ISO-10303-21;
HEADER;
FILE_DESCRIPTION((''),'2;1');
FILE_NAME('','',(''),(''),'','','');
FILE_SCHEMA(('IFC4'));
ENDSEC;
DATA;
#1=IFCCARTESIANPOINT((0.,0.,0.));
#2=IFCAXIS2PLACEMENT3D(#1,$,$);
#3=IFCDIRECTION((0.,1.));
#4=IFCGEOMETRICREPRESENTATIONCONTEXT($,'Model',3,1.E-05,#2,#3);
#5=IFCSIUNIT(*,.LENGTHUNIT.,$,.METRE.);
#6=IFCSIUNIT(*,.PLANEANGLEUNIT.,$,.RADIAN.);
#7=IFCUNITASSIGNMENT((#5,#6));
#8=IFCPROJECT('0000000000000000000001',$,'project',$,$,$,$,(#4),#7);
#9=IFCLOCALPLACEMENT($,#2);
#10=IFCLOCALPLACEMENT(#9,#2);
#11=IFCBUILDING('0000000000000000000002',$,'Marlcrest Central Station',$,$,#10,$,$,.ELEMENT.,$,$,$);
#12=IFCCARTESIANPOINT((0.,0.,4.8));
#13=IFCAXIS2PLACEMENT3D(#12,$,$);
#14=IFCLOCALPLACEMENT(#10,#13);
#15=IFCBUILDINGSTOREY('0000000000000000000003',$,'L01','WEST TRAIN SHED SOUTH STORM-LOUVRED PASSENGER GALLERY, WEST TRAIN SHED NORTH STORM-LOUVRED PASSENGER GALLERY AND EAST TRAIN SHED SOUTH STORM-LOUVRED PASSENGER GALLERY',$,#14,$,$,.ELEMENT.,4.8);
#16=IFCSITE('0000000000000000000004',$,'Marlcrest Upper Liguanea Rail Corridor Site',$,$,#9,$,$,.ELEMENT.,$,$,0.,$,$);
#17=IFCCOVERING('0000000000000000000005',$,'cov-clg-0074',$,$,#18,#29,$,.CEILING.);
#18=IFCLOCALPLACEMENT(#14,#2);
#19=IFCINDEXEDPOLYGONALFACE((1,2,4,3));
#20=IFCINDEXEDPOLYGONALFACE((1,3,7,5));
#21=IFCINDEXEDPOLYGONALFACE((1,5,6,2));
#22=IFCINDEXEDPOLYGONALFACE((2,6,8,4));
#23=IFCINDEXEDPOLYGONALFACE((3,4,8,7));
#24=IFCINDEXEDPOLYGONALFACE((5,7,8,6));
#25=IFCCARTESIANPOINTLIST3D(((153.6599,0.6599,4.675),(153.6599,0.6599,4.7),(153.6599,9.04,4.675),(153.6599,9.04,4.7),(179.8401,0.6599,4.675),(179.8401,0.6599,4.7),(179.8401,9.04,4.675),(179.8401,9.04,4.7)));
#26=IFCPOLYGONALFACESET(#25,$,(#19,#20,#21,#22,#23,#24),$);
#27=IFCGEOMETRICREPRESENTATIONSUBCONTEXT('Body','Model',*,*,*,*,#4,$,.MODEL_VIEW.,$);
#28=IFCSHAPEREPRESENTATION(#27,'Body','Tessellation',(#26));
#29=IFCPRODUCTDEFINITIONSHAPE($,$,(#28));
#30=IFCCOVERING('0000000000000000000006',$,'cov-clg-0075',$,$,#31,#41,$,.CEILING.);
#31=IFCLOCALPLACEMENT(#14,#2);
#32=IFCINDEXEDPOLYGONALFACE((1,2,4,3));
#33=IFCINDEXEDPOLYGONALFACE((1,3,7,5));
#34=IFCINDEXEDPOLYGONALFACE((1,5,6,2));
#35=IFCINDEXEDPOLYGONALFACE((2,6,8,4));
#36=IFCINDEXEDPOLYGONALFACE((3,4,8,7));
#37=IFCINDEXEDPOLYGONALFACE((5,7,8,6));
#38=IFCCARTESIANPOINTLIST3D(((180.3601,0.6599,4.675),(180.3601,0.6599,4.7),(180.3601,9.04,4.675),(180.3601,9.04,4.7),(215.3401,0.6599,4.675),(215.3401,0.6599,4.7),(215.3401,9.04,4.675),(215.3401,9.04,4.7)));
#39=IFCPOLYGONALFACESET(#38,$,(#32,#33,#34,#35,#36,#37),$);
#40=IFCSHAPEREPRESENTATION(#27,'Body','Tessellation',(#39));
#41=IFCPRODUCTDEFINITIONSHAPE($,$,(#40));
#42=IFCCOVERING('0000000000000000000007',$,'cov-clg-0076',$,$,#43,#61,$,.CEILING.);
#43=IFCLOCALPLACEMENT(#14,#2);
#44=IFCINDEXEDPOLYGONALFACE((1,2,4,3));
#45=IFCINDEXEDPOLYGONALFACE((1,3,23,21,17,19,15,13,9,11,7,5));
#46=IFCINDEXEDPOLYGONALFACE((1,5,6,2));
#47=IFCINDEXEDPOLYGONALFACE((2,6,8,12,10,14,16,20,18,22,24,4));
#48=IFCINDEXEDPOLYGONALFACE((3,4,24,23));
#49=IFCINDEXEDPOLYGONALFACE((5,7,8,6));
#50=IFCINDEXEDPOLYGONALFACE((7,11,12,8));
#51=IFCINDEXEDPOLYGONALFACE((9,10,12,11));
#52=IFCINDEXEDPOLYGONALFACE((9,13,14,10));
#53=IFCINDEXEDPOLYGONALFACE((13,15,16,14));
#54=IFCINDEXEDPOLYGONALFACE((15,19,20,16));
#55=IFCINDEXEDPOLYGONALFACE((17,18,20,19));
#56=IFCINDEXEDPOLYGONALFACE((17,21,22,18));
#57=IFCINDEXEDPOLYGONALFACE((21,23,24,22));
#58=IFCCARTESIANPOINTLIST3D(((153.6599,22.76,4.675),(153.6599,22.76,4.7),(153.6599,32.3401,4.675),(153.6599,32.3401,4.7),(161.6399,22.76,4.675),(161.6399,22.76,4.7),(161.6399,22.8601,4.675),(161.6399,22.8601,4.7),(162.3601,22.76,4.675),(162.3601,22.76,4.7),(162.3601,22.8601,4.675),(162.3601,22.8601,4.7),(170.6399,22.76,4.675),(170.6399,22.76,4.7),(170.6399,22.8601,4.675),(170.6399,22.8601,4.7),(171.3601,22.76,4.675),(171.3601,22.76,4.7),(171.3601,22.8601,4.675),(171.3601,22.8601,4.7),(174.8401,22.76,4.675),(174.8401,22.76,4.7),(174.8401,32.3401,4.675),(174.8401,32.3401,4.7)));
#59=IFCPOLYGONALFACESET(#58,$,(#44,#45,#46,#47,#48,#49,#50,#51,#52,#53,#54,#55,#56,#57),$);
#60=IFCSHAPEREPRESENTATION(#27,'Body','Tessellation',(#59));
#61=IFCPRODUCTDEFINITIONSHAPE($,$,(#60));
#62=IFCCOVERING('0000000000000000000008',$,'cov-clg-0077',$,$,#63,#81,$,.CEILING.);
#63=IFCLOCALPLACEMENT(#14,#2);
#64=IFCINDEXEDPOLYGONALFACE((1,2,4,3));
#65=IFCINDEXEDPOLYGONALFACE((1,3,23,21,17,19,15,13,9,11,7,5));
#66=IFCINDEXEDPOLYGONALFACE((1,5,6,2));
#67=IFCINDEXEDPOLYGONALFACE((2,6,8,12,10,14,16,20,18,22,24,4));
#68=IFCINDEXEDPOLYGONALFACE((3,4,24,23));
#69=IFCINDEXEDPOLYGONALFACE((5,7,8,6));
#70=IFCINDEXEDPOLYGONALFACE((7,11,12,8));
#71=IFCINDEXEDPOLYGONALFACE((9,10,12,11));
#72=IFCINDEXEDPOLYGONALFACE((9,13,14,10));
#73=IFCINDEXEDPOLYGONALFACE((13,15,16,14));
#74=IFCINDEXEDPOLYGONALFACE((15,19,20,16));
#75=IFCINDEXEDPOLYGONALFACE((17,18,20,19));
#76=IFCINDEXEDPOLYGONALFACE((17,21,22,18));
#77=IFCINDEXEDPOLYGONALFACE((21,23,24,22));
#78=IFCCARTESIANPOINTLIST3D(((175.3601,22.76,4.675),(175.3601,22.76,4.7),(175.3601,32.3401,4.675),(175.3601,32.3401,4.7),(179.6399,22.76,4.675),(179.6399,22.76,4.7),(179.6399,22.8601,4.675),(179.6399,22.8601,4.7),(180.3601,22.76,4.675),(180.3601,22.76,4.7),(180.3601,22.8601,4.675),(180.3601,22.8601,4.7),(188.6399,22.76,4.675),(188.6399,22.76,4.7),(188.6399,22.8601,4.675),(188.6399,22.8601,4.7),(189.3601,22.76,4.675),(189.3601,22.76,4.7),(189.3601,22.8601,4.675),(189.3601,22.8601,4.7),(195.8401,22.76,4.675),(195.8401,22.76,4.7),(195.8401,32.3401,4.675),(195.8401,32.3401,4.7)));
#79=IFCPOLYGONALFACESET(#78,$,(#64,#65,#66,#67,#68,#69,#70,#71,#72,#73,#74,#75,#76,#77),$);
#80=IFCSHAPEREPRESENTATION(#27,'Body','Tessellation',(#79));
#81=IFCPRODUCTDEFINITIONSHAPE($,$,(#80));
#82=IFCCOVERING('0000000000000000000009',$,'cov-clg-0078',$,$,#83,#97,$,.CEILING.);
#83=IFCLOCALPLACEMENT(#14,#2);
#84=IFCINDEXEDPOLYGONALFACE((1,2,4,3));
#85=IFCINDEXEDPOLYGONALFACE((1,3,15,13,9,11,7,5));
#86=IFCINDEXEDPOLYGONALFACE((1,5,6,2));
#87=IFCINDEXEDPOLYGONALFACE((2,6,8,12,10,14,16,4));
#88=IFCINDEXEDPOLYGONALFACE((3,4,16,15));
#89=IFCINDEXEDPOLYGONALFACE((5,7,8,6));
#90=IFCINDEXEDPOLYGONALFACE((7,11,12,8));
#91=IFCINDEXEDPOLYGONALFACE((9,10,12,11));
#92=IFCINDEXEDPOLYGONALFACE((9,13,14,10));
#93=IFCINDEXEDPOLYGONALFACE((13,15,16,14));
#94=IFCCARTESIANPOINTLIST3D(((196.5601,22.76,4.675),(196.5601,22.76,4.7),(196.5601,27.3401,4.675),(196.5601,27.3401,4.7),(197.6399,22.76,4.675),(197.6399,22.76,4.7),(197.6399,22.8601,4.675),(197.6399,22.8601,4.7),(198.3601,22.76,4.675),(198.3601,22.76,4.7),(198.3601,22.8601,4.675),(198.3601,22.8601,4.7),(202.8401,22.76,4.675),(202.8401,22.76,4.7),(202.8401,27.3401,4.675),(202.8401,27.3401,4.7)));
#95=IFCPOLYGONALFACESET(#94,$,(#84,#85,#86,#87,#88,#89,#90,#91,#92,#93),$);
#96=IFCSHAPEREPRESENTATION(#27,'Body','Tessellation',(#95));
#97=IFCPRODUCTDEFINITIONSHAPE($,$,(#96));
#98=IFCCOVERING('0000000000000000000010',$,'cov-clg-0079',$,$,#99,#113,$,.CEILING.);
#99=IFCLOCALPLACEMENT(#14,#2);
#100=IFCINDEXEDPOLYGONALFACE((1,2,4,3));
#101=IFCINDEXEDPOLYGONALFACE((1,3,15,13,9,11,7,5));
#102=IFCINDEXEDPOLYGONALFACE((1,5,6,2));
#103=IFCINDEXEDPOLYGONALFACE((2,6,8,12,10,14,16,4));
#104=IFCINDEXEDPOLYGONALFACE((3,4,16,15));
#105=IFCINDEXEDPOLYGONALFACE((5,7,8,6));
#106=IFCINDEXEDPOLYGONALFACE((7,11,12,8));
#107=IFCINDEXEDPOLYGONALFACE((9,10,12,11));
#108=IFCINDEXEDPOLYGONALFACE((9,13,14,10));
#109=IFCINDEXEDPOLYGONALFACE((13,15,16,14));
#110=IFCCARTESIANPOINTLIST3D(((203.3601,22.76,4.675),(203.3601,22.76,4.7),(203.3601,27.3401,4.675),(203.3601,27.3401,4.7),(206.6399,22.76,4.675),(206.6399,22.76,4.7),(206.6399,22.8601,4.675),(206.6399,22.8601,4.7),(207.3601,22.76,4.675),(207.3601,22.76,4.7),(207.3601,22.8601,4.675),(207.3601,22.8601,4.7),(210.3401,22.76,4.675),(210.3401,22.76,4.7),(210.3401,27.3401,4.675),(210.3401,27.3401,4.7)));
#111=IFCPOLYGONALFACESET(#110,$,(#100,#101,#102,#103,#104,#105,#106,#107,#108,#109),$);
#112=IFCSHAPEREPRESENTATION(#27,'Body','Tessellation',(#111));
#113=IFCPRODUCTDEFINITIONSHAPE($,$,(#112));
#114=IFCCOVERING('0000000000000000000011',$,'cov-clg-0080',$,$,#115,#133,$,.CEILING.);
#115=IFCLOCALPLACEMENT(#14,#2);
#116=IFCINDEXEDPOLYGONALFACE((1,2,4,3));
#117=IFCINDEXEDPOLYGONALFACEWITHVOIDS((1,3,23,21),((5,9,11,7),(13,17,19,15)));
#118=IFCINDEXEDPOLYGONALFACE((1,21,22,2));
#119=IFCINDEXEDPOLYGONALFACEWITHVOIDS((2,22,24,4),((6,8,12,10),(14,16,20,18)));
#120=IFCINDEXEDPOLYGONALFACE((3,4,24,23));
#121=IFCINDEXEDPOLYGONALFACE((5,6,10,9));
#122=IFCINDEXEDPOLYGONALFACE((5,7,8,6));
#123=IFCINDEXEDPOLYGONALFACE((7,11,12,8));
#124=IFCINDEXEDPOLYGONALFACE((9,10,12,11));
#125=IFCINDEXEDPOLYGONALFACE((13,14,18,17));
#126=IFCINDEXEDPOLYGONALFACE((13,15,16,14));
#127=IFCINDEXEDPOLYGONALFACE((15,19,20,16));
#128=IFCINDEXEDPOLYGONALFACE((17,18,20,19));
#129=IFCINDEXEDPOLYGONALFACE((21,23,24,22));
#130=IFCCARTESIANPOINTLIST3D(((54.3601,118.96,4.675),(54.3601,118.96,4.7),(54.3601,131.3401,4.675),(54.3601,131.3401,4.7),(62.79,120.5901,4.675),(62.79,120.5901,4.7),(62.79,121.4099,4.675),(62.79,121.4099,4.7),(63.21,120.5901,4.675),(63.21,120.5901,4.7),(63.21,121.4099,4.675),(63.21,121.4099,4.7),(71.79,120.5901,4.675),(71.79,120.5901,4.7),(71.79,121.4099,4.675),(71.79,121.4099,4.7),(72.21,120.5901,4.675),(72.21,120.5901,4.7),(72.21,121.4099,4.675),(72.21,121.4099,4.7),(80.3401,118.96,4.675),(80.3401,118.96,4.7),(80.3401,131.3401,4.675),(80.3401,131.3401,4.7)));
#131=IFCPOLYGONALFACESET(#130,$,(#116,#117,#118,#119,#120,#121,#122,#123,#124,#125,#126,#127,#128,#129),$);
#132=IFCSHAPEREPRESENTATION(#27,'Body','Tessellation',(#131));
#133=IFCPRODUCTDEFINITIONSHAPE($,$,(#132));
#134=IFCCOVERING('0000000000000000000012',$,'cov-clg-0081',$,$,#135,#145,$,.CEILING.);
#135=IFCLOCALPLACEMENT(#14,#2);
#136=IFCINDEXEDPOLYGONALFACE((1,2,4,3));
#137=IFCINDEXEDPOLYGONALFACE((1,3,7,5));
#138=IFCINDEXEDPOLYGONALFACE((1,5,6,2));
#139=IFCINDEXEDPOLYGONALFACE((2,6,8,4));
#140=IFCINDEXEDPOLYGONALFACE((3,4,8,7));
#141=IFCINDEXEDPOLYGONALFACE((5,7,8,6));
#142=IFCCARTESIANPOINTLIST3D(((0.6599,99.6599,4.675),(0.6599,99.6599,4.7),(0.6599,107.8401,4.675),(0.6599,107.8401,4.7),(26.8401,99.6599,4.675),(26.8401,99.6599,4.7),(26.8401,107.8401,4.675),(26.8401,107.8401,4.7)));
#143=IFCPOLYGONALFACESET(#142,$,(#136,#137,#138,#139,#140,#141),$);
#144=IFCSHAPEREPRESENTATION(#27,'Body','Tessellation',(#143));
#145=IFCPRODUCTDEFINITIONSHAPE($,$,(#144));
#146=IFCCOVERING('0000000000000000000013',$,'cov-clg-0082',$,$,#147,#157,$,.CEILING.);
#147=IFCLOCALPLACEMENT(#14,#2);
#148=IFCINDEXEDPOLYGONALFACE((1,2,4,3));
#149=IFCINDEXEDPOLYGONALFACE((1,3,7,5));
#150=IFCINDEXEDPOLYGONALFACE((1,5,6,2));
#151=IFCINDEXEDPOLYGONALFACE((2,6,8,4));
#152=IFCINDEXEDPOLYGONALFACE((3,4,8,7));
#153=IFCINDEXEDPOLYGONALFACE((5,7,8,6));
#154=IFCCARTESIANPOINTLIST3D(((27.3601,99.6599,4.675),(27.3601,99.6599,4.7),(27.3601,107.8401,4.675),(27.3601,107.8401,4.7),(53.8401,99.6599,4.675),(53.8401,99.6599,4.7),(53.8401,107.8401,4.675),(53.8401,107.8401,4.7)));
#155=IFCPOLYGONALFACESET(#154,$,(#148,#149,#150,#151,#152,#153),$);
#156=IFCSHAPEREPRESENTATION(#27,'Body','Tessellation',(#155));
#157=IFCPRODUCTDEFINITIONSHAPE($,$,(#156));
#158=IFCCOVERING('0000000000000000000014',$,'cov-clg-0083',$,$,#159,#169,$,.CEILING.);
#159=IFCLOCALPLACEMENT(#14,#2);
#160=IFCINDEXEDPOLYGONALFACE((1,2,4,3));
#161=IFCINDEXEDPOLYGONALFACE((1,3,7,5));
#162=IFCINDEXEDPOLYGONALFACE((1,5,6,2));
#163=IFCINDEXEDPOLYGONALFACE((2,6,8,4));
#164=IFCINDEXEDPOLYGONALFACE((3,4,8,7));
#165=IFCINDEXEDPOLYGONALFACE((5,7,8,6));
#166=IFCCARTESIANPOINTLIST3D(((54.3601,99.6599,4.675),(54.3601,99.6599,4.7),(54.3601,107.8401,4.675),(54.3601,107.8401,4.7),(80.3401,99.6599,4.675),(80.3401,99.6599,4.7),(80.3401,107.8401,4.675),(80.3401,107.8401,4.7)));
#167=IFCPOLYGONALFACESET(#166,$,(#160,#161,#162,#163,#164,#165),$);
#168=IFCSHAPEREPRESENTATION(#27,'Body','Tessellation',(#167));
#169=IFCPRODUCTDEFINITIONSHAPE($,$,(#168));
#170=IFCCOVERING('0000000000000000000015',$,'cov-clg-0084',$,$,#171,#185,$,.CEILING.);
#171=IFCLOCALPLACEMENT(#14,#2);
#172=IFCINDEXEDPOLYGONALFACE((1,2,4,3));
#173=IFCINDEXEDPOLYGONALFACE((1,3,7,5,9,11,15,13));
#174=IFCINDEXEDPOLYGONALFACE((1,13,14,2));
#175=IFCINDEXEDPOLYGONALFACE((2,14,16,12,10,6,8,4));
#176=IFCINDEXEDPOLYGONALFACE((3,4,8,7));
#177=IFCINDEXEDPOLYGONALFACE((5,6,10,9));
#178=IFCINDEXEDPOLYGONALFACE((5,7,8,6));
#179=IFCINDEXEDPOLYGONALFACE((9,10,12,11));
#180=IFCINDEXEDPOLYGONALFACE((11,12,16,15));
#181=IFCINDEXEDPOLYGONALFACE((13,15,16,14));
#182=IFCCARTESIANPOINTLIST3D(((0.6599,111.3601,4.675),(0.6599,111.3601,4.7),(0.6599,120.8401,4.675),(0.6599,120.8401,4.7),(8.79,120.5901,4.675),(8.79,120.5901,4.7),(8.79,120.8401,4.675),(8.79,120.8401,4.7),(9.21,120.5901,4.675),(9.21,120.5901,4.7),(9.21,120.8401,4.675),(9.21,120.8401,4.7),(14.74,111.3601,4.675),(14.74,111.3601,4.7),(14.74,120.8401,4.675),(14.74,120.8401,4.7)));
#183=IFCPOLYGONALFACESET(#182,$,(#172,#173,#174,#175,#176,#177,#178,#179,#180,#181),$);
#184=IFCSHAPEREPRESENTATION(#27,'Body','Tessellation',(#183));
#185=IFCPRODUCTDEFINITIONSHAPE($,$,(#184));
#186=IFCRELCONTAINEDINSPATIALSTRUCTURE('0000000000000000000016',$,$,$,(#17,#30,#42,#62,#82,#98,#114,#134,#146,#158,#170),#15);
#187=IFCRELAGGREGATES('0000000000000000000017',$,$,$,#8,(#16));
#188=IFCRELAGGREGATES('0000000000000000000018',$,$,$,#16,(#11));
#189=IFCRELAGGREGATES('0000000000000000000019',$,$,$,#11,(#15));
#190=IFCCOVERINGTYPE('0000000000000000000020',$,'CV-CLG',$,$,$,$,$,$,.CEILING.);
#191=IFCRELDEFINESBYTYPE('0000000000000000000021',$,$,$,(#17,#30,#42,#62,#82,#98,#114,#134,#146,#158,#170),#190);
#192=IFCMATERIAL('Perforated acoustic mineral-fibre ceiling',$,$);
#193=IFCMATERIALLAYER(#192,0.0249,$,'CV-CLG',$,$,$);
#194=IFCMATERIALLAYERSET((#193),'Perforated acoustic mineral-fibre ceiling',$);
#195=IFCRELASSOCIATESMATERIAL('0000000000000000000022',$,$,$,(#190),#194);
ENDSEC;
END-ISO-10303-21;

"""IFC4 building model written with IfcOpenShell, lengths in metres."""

from ifc_helpers import new_model, si_unit, direction, frame, origin, place, context, subcontext, project, spatial, polyline, outline, extrude, material, layer, layer_set, type_object, element, save


model = new_model("IFC4")

# Units and contexts
model_context = context("Model", 3, precision=1e-05, world=origin(), true_north=direction((0.0, 1.0)))
body_context = subcontext(model_context, "Body", "Model", "MODEL_VIEW")
ifc_project = project(units=[si_unit("LENGTHUNIT", "METRE"), si_unit("PLANEANGLEUNIT", "RADIAN")], contexts=[model_context])

# Site, building, storey
site_placement = place(None, origin())
site = spatial("IfcSite", under=ifc_project, at=site_placement, Name="Marlcrest Upper Liguanea Rail Corridor Site", CompositionType="ELEMENT", RefElevation=0.0)
building_placement = place(site_placement, origin())
building = spatial("IfcBuilding", under=site, at=building_placement, Name="Marlcrest Central Station", CompositionType="ELEMENT")
storey_placement = place(building_placement, frame((0.0, 0.0, 4.8)))
storey = spatial("IfcBuildingStorey", under=building, at=storey_placement, Name="L01", Description="WEST TRAIN SHED SOUTH STORM-LOUVRED PASSENGER GALLERY, WEST TRAIN SHED NORTH STORM-LOUVRED PASSENGER GALLERY AND EAST TRAIN SHED SOUTH STORM-LOUVRED PASSENGER GALLERY", CompositionType="ELEMENT", Elevation=4.8)

# Coverings
ifc_material_1 = material(Name="Perforated acoustic mineral-fibre ceiling")
ifc_layer_1 = layer(ifc_material_1, 0.0249, Name="CV-CLG")
ifc_layer_set_1 = layer_set([ifc_layer_1], Name="Perforated acoustic mineral-fibre ceiling")
covering_type = type_object("IfcCoveringType", Name="CV-CLG", PredefinedType="CEILING", material=ifc_layer_set_1)
covering_1_placement = place(storey_placement, frame((0.0, 0.0, 4.675)))
element("IfcCovering", 1, at=covering_1_placement, inside=storey, type_object=covering_type, Name="cov-clg-0074", PredefinedType="CEILING", context=body_context, shape_type="SweptSolid", body=[
    extrude(outline(polyline([(179.8401, 0.6599), (179.8401, 9.04), (153.6599, 9.04), (153.6599, 0.6599), (179.8401, 0.6599)])), origin(), (0.0, 0.0, 1.0), 0.0249),
])
covering_2_placement = place(storey_placement, frame((0.0, 0.0, 4.675)))
element("IfcCovering", 2, at=covering_2_placement, inside=storey, type_object=covering_type, Name="cov-clg-0075", PredefinedType="CEILING", context=body_context, shape_type="SweptSolid", body=[
    extrude(outline(polyline([(215.3401, 0.6599), (215.3401, 9.04), (180.3601, 9.04), (180.3601, 0.6599), (215.3401, 0.6599)])), origin(), (0.0, 0.0, 1.0), 0.0249),
])
covering_3_placement = place(storey_placement, frame((0.0, 0.0, 4.675)))
element("IfcCovering", 3, at=covering_3_placement, inside=storey, type_object=covering_type, Name="cov-clg-0076", PredefinedType="CEILING", context=body_context, shape_type="SweptSolid", body=[
    extrude(outline(polyline([(153.6599, 32.3401), (174.8401, 32.3401), (174.8401, 22.76), (171.3601, 22.76), (171.3601, 22.8601), (170.6399, 22.8601), (170.6399, 22.76), (162.3601, 22.76), (162.3601, 22.8601), (161.6399, 22.8601), (161.6399, 22.76), (153.6599, 22.76), (153.6599, 32.3401)])), origin(), (0.0, 0.0, 1.0), 0.0249),
])
covering_4_placement = place(storey_placement, frame((0.0, 0.0, 4.675)))
element("IfcCovering", 4, at=covering_4_placement, inside=storey, type_object=covering_type, Name="cov-clg-0077", PredefinedType="CEILING", context=body_context, shape_type="SweptSolid", body=[
    extrude(outline(polyline([(175.3601, 32.3401), (195.8401, 32.3401), (195.8401, 22.76), (189.3601, 22.76), (189.3601, 22.8601), (188.6399, 22.8601), (188.6399, 22.76), (180.3601, 22.76), (180.3601, 22.8601), (179.6399, 22.8601), (179.6399, 22.76), (175.3601, 22.76), (175.3601, 32.3401)])), origin(), (0.0, 0.0, 1.0), 0.0249),
])
covering_5_placement = place(storey_placement, frame((0.0, 0.0, 4.675)))
element("IfcCovering", 5, at=covering_5_placement, inside=storey, type_object=covering_type, Name="cov-clg-0078", PredefinedType="CEILING", context=body_context, shape_type="SweptSolid", body=[
    extrude(outline(polyline([(196.5601, 22.76), (196.5601, 27.3401), (202.8401, 27.3401), (202.8401, 22.76), (198.3601, 22.76), (198.3601, 22.8601), (197.6399, 22.8601), (197.6399, 22.76), (196.5601, 22.76)])), origin(), (0.0, 0.0, 1.0), 0.0249),
])
covering_6_placement = place(storey_placement, frame((0.0, 0.0, 4.675)))
element("IfcCovering", 6, at=covering_6_placement, inside=storey, type_object=covering_type, Name="cov-clg-0079", PredefinedType="CEILING", context=body_context, shape_type="SweptSolid", body=[
    extrude(outline(polyline([(203.3601, 22.76), (203.3601, 27.3401), (210.3401, 27.3401), (210.3401, 22.76), (207.3601, 22.76), (207.3601, 22.8601), (206.6399, 22.8601), (206.6399, 22.76), (203.3601, 22.76)])), origin(), (0.0, 0.0, 1.0), 0.0249),
])
covering_7_placement = place(storey_placement, frame((0.0, 0.0, 4.675)))
element("IfcCovering", 7, at=covering_7_placement, inside=storey, type_object=covering_type, Name="cov-clg-0080", PredefinedType="CEILING", context=body_context, shape_type="SweptSolid", body=[
    extrude(outline(polyline([(54.3601, 131.3401), (80.3401, 131.3401), (80.3401, 118.96), (54.3601, 118.96), (54.3601, 131.3401)]), holes=[polyline([(62.79, 121.4099), (62.79, 120.5901), (63.21, 120.5901), (63.21, 121.4099), (62.79, 121.4099)]), polyline([(72.21, 121.4099), (71.79, 121.4099), (71.79, 120.5901), (72.21, 120.5901), (72.21, 121.4099)])]), origin(), (0.0, 0.0, 1.0), 0.0249),
])
covering_8_placement = place(storey_placement, frame((0.0, 0.0, 4.675)))
element("IfcCovering", 8, at=covering_8_placement, inside=storey, type_object=covering_type, Name="cov-clg-0081", PredefinedType="CEILING", context=body_context, shape_type="SweptSolid", body=[
    extrude(outline(polyline([(26.8401, 99.6599), (26.8401, 107.8401), (0.6599, 107.8401), (0.6599, 99.6599), (26.8401, 99.6599)])), origin(), (0.0, 0.0, 1.0), 0.0249),
])
covering_9_placement = place(storey_placement, frame((0.0, 0.0, 4.675)))
element("IfcCovering", 9, at=covering_9_placement, inside=storey, type_object=covering_type, Name="cov-clg-0082", PredefinedType="CEILING", context=body_context, shape_type="SweptSolid", body=[
    extrude(outline(polyline([(53.8401, 99.6599), (53.8401, 107.8401), (27.3601, 107.8401), (27.3601, 99.6599), (53.8401, 99.6599)])), origin(), (0.0, 0.0, 1.0), 0.0249),
])
covering_10_placement = place(storey_placement, frame((0.0, 0.0, 4.675)))
element("IfcCovering", 10, at=covering_10_placement, inside=storey, type_object=covering_type, Name="cov-clg-0083", PredefinedType="CEILING", context=body_context, shape_type="SweptSolid", body=[
    extrude(outline(polyline([(80.3401, 99.6599), (80.3401, 107.8401), (54.3601, 107.8401), (54.3601, 99.6599), (80.3401, 99.6599)])), origin(), (0.0, 0.0, 1.0), 0.0249),
])
covering_11_placement = place(storey_placement, frame((0.0, 0.0, 4.675)))
element("IfcCovering", 11, at=covering_11_placement, inside=storey, type_object=covering_type, Name="cov-clg-0084", PredefinedType="CEILING", context=body_context, shape_type="SweptSolid", body=[
    extrude(outline(polyline([(14.74, 120.8401), (14.74, 111.3601), (0.6599, 111.3601), (0.6599, 120.8401), (8.79, 120.8401), (8.79, 120.5901), (9.21, 120.5901), (9.21, 120.8401), (14.74, 120.8401)])), origin(), (0.0, 0.0, 1.0), 0.0249),
])

save(model, "model.ifc")
